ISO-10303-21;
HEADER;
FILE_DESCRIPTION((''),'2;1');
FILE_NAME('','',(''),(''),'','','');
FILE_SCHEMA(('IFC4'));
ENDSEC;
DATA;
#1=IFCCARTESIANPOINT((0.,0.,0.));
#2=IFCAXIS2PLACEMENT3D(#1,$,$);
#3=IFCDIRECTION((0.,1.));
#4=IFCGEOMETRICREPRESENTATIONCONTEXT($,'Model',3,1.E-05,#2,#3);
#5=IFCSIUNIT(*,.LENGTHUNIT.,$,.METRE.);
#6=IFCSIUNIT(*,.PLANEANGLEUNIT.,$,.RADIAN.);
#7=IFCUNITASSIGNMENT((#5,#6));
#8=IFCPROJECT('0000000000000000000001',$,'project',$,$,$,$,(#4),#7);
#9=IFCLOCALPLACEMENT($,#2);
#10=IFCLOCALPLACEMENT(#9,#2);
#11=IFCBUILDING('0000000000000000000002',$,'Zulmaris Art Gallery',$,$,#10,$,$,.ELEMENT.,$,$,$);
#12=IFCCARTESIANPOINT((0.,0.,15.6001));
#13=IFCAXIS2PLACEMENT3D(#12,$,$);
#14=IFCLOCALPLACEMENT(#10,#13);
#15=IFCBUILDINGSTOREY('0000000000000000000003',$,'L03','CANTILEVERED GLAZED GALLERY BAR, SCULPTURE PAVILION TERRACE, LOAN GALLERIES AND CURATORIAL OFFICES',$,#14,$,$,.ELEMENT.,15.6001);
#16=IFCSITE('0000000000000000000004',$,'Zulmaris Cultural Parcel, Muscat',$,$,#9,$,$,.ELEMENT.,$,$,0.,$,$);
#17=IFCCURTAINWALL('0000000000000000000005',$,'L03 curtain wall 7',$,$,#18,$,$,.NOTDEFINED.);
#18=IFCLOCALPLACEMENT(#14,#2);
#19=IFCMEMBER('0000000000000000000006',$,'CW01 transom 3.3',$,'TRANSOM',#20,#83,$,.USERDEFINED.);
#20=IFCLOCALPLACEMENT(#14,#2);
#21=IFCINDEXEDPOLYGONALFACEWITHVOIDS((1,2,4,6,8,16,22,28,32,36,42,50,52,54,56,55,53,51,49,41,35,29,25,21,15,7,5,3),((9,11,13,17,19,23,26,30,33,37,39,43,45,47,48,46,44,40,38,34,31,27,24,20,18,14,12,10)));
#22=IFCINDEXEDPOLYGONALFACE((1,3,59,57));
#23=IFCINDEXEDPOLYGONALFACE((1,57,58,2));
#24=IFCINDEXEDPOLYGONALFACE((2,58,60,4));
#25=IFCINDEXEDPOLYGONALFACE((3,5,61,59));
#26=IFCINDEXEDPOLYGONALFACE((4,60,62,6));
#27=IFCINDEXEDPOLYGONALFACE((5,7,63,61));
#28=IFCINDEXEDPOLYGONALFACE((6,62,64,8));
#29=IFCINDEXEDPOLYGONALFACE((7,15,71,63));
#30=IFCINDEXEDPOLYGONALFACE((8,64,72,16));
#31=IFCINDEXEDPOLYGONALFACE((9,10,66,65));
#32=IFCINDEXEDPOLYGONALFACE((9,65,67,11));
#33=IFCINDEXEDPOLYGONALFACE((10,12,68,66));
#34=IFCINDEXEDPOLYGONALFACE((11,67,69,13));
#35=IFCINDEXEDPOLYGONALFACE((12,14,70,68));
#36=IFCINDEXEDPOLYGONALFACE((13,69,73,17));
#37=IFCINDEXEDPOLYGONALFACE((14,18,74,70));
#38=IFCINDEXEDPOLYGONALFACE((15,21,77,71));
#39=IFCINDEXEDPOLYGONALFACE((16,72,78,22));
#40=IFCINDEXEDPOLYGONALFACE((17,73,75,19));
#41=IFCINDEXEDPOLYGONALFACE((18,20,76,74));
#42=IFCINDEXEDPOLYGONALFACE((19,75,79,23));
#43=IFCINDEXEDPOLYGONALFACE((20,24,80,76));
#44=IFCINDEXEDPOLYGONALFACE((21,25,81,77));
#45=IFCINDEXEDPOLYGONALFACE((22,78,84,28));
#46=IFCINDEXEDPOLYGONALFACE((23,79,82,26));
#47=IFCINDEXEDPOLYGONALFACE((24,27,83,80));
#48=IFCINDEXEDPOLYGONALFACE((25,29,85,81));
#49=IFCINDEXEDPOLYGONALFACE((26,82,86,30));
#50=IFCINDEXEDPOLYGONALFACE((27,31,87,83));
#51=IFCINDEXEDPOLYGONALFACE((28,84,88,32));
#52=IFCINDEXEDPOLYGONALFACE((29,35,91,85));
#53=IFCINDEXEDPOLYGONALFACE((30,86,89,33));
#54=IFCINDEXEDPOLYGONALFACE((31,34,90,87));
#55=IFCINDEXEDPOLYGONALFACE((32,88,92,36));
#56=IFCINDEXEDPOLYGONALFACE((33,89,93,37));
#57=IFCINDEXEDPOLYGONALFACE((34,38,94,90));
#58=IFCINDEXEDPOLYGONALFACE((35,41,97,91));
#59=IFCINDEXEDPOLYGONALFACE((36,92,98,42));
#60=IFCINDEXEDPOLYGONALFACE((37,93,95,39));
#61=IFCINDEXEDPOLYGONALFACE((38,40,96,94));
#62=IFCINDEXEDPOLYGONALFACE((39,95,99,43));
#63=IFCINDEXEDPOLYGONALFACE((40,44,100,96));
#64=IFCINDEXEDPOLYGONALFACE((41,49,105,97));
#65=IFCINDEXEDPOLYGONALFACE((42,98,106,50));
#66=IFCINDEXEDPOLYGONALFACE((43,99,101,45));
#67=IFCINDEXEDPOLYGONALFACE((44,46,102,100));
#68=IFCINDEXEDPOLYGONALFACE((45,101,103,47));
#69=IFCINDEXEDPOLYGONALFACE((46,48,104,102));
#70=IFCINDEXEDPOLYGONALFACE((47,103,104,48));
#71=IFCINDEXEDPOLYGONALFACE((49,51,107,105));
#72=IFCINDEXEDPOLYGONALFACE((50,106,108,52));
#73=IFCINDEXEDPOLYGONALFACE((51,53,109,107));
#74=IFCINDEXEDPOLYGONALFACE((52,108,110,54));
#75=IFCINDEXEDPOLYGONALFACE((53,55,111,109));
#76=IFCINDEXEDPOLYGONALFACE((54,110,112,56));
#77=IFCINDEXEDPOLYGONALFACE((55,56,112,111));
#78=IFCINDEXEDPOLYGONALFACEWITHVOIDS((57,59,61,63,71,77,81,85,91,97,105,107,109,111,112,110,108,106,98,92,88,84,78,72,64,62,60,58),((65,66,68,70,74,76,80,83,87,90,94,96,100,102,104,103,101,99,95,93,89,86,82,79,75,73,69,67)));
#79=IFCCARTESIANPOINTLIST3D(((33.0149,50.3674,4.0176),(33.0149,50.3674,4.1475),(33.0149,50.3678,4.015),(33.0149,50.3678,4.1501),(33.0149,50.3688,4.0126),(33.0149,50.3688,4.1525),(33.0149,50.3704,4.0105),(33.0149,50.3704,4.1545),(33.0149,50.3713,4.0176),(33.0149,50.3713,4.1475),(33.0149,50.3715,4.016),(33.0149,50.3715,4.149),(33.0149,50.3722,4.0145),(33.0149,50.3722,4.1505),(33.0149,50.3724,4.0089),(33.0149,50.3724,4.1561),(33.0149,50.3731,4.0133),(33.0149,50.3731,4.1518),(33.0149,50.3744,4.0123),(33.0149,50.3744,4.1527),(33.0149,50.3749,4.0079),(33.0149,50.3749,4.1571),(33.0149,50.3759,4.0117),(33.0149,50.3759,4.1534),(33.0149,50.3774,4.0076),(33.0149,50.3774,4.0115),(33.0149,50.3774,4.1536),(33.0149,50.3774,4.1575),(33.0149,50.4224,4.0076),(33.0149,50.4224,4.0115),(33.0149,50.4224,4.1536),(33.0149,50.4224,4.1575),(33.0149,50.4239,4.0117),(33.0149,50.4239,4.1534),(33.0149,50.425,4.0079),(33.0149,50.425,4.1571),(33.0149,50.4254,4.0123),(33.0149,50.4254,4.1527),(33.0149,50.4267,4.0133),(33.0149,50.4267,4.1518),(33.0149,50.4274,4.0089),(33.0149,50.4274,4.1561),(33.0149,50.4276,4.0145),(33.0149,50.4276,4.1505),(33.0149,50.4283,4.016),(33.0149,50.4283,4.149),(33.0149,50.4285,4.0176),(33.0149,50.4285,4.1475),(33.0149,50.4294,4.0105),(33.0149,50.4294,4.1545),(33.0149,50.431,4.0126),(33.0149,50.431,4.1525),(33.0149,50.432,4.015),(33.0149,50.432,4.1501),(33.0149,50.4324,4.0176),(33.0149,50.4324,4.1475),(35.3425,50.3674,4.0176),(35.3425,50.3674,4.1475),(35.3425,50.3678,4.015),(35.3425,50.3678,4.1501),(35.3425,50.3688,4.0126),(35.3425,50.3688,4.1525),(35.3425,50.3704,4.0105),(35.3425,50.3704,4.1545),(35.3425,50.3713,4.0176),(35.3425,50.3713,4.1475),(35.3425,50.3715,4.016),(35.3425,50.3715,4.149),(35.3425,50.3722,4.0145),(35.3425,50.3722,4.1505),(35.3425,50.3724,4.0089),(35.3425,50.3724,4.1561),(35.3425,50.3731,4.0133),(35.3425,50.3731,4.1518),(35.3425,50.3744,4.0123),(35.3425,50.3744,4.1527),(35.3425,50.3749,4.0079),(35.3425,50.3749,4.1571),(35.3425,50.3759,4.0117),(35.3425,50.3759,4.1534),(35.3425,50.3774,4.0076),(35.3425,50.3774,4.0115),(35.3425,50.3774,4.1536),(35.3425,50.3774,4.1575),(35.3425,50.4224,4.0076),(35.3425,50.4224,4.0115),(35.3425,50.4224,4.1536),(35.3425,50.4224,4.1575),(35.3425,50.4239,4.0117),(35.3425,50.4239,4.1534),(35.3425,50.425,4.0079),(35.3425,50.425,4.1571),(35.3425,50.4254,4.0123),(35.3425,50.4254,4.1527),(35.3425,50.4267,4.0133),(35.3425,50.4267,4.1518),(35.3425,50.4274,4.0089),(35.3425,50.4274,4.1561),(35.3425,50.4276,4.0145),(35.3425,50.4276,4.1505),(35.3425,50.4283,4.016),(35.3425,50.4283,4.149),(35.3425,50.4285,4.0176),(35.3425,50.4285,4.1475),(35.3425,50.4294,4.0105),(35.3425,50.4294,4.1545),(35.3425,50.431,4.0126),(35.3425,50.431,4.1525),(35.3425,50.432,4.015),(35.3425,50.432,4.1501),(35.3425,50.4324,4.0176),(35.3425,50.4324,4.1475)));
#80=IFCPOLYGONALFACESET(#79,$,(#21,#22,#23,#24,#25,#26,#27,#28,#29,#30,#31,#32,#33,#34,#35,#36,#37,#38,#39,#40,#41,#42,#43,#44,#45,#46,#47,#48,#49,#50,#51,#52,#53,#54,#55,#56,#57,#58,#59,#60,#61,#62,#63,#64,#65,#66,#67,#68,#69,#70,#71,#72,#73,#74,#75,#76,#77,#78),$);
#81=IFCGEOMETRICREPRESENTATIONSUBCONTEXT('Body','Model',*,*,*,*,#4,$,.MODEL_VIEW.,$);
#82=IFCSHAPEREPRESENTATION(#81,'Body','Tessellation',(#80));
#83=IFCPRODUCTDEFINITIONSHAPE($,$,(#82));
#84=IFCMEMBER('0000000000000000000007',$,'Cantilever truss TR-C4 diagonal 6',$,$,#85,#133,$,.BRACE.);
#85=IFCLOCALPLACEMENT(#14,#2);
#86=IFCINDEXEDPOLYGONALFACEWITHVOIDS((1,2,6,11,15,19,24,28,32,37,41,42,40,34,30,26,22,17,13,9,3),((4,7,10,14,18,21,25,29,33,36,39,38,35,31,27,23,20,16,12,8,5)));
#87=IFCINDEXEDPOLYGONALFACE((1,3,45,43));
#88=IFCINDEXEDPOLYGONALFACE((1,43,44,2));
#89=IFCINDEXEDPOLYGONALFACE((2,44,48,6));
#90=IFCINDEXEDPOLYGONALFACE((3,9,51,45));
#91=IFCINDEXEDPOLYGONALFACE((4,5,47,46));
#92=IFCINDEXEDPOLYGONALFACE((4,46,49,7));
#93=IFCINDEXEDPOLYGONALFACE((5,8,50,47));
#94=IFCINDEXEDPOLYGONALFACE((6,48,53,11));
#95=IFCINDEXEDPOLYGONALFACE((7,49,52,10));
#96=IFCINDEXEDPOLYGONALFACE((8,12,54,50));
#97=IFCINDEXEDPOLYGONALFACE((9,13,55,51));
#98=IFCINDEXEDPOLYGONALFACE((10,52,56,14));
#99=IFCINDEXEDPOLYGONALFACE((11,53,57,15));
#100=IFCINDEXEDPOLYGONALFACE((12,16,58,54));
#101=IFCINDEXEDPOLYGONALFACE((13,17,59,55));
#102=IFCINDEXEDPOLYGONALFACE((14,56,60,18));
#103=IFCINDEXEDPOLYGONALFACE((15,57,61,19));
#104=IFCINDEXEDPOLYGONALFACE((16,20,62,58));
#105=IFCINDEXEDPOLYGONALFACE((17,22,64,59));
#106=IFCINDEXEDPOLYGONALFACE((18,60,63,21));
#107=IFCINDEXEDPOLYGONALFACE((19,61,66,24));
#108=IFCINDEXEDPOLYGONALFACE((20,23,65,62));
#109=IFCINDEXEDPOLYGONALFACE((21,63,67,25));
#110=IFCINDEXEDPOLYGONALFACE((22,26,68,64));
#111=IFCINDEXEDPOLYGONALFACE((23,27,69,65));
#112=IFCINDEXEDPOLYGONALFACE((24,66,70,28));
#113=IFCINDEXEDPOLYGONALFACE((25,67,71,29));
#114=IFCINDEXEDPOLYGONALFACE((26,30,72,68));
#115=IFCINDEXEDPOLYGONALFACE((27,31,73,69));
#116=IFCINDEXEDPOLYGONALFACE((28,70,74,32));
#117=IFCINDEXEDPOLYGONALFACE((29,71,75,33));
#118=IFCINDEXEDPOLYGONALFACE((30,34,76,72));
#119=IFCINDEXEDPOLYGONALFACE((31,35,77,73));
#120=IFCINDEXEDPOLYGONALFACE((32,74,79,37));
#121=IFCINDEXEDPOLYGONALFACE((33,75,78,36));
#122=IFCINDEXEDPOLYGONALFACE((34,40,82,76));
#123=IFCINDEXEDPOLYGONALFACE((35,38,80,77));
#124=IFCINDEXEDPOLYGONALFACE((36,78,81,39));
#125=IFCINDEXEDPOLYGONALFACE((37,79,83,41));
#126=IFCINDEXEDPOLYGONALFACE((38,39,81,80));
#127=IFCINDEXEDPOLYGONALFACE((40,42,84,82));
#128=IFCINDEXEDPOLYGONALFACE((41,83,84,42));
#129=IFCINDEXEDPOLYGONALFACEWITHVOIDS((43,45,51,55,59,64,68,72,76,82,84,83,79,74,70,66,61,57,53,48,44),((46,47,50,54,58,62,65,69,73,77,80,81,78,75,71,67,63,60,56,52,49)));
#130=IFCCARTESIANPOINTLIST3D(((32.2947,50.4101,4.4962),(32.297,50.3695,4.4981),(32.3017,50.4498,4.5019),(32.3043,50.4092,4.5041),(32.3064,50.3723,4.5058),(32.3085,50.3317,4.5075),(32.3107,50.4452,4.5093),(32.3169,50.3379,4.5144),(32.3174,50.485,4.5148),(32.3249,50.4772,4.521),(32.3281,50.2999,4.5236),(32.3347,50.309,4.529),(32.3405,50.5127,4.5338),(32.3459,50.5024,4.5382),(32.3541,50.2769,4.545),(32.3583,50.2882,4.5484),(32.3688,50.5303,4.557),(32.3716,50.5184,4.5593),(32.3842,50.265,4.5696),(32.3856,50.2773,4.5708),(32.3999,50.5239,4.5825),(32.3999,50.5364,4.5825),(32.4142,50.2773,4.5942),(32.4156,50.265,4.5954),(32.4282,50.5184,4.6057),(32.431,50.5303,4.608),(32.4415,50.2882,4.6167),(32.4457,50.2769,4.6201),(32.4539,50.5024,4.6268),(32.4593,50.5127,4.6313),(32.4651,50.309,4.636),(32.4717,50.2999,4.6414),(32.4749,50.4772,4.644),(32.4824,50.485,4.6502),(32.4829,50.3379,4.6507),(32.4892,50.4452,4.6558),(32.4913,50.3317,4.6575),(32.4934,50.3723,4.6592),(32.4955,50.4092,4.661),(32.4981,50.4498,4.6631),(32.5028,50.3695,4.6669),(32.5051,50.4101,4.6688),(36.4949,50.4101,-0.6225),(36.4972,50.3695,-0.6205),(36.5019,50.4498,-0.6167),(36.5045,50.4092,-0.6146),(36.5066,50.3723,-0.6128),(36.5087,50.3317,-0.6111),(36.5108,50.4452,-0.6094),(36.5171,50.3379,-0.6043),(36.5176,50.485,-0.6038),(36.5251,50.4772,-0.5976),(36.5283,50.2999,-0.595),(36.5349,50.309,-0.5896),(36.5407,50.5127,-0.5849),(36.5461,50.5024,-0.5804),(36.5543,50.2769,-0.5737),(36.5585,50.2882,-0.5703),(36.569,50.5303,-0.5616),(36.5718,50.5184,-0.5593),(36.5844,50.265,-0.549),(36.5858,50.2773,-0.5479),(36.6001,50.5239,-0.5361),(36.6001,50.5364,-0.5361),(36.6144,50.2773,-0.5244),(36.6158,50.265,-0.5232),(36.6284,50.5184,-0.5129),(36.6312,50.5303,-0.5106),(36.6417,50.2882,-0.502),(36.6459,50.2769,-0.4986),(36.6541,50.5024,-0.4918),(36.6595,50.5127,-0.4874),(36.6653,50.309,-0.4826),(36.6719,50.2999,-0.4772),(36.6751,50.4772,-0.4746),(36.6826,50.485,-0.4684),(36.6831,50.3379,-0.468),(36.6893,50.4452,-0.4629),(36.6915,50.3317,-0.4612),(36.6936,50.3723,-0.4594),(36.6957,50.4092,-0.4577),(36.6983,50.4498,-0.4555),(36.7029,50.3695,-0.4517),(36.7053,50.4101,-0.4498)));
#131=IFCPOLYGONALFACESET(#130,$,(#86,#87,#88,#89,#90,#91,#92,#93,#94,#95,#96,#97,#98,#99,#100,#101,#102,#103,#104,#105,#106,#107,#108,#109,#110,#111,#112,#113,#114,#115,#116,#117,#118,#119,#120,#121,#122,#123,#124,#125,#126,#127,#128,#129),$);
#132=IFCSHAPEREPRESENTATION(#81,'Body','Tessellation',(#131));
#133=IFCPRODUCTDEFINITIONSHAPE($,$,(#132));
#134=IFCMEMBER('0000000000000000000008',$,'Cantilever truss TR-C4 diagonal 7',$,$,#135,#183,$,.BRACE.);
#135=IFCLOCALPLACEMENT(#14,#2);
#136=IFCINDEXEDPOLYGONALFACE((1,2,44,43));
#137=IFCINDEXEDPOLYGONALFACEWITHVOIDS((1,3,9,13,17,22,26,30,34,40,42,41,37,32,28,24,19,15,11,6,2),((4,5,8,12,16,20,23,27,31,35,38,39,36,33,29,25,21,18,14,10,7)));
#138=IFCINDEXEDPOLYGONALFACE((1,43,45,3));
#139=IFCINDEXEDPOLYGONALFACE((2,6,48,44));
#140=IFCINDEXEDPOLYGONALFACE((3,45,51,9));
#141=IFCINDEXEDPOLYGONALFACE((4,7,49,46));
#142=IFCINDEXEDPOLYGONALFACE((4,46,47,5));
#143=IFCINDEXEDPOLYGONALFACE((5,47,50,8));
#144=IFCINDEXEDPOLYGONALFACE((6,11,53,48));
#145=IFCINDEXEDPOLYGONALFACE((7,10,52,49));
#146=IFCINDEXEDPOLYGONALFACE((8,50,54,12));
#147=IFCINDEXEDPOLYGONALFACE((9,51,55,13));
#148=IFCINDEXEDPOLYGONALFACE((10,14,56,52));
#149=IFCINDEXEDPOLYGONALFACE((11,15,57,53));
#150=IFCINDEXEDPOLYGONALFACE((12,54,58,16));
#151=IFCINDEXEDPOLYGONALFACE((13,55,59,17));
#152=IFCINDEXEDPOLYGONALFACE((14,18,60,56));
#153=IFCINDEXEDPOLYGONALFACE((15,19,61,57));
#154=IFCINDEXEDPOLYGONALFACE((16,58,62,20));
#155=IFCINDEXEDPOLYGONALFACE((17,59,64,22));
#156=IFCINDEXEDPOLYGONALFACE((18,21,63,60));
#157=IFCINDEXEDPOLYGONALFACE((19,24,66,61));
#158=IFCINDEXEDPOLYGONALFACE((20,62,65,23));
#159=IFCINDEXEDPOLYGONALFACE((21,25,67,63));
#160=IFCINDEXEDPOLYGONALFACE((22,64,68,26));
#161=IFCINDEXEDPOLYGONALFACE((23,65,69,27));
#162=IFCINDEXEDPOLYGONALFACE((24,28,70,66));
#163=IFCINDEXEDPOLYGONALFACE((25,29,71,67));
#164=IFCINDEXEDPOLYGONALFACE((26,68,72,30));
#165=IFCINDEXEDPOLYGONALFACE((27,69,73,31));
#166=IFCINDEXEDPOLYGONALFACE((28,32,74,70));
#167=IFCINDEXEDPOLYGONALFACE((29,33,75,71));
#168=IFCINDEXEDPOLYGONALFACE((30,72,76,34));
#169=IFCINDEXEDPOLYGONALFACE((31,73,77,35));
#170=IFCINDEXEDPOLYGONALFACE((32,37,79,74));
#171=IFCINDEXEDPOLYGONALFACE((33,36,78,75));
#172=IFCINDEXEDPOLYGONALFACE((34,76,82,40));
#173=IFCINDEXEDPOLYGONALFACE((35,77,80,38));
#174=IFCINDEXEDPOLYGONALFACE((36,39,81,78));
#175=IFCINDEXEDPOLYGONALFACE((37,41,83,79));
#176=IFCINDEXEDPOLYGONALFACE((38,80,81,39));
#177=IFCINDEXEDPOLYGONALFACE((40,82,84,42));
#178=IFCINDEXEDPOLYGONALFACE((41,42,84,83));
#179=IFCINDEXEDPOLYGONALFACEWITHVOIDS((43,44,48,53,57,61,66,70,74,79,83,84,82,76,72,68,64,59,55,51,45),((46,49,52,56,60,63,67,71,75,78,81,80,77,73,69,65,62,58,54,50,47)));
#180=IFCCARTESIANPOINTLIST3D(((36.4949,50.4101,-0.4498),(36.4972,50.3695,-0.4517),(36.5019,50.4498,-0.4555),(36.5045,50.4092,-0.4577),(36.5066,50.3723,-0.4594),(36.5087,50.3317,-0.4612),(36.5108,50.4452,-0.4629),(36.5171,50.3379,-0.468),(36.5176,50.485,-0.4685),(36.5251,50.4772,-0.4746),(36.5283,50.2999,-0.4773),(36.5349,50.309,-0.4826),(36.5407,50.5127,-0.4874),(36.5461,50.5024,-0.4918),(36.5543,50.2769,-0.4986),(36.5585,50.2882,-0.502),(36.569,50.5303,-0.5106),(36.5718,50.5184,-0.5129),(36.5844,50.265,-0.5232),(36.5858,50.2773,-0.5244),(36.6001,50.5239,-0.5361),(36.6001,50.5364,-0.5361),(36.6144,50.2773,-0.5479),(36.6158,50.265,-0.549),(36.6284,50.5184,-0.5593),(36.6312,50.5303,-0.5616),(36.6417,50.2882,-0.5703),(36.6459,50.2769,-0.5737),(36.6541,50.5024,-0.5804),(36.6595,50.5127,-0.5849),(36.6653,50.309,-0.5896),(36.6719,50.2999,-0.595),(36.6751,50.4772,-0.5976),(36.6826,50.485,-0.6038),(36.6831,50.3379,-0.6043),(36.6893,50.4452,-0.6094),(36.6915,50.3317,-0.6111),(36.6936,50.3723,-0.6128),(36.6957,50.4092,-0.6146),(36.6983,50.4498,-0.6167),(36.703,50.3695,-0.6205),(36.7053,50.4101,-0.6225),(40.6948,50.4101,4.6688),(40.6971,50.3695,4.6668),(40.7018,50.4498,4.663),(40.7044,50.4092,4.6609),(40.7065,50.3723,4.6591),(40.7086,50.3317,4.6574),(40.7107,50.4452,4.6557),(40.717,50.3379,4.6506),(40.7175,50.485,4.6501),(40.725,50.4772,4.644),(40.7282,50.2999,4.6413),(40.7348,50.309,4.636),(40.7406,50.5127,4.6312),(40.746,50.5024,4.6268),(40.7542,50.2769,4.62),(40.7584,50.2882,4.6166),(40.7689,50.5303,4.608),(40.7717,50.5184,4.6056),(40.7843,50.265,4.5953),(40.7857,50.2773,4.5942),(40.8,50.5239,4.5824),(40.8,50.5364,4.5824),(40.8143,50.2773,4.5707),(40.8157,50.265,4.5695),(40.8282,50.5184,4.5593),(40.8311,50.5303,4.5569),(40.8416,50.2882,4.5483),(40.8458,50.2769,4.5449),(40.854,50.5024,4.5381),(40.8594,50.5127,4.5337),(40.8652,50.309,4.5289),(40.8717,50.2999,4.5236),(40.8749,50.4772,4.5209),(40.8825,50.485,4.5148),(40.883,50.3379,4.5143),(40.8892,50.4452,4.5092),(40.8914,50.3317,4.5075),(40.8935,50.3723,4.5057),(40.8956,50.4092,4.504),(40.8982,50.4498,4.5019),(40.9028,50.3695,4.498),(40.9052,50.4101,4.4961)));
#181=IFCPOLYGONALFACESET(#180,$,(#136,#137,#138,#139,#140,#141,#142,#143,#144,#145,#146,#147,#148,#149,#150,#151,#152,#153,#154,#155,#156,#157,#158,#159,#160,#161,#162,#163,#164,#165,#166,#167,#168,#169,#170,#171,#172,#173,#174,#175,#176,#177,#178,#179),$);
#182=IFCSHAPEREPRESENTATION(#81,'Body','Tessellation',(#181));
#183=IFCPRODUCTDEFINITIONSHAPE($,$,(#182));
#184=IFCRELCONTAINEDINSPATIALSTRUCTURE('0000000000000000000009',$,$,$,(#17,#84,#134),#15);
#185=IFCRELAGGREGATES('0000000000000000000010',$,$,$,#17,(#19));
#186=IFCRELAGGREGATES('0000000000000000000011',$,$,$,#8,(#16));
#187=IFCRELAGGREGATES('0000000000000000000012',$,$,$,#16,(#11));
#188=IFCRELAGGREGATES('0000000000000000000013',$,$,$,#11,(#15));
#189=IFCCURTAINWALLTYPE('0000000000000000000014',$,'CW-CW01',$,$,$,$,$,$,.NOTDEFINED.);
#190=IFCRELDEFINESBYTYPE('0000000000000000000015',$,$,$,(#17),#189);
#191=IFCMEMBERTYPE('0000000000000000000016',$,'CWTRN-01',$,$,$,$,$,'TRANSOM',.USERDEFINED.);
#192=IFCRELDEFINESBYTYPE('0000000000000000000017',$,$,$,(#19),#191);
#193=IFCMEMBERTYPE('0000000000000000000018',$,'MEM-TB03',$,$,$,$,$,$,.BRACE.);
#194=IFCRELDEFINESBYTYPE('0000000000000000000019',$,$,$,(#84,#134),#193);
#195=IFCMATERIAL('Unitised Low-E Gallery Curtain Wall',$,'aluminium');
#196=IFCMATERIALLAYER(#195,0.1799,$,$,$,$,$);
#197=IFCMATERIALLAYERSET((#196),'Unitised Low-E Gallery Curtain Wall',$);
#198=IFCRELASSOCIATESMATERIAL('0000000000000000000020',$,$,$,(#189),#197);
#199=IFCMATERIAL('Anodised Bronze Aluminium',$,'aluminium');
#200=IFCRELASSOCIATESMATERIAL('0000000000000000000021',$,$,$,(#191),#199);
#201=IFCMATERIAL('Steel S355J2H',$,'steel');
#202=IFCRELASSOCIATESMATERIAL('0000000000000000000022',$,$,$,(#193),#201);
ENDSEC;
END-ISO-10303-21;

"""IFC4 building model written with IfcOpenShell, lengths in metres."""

from ifc_helpers import new_model, si_unit, direction, frame, origin, origin_2d, place, context, subcontext, project, spatial, hollow_rectangle, hollow_circle, extrude, material, layer, layer_set, material_profile, profile_set, type_object, element, aggregate, save


model = new_model("IFC4")

# Units and contexts
model_context = context("Model", 3, precision=1e-05, world=origin(), true_north=direction((0.0, 1.0)))
body_context = subcontext(model_context, "Body", "Model", "MODEL_VIEW")
ifc_project = project(units=[si_unit("LENGTHUNIT", "METRE"), si_unit("PLANEANGLEUNIT", "RADIAN")], contexts=[model_context])

# Site, building, storey
site_placement = place(None, origin())
site = spatial("IfcSite", under=ifc_project, at=site_placement, Name="Zulmaris Cultural Parcel, Muscat", CompositionType="ELEMENT", RefElevation=0.0)
building_placement = place(site_placement, origin())
building = spatial("IfcBuilding", under=site, at=building_placement, Name="Zulmaris Art Gallery", CompositionType="ELEMENT")
storey_placement = place(building_placement, frame((0.0, 0.0, 15.6001)))
storey = spatial("IfcBuildingStorey", under=building, at=storey_placement, Name="L03", Description="CANTILEVERED GLAZED GALLERY BAR, SCULPTURE PAVILION TERRACE, LOAN GALLERIES AND CURATORIAL OFFICES", CompositionType="ELEMENT", Elevation=15.6001)

# Curtain wall
ifc_material_1 = material(Name="Unitised Low-E Gallery Curtain Wall", Category="aluminium")
ifc_layer_1 = layer(ifc_material_1, 0.1799)
ifc_layer_set_1 = layer_set([ifc_layer_1], Name="Unitised Low-E Gallery Curtain Wall")
curtain_wall_type = type_object("IfcCurtainWallType", Name="CW-CW01", PredefinedType="NOTDEFINED", material=ifc_layer_set_1)
ifc_material_2 = material(Name="Anodised Bronze Aluminium", Category="aluminium")
curtain_wall_1_placement = place(storey_placement, origin())
curtain_wall_1 = element("IfcCurtainWall", 1, at=curtain_wall_1_placement, inside=storey, type_object=curtain_wall_type, Name="L03 curtain wall 7", PredefinedType="NOTDEFINED")

# Member
ifc_material_profile_1 = material_profile(ifc_material_2, hollow_rectangle(XDim=0.0649, YDim=0.1499, WallThickness=0.0039, InnerFilletRadius=0.0061, OuterFilletRadius=0.01, at=origin_2d()), Name="ALU 65x150x4")
ifc_profile_set_1 = profile_set([ifc_material_profile_1], Name="Anodised Bronze Aluminium")
member_type_1 = type_object("IfcMemberType", Name="CWTRN-01", ElementType="TRANSOM", PredefinedType="USERDEFINED", material=ifc_profile_set_1)
member_1_placement = place(storey_placement, frame((35.3425, 50.3999, 4.0825), z_axis=(-1.0, 0.0, 0.0), x_axis=(0.0, -1.0, 0.0)))
member_1 = element("IfcMember", 2, at=member_1_placement, type_object=member_type_1, Name="CW01 transom 3.3", ObjectType="TRANSOM", PredefinedType="USERDEFINED", context=body_context, shape_type="SweptSolid", body=[
    extrude(hollow_rectangle(XDim=0.0649, YDim=0.1499, WallThickness=0.0039, InnerFilletRadius=0.0061, OuterFilletRadius=0.01, at=origin_2d()), origin(), (0.0, 0.0, 1.0), 2.3276),
])

# Members
ifc_material_3 = material(Name="Steel S355J2H", Category="steel")
ifc_material_profile_2 = material_profile(ifc_material_3, hollow_circle(Radius=0.1365, WallThickness=0.0125, at=origin_2d()), Name="CHS 273x12.5")
ifc_profile_set_2 = profile_set([ifc_material_profile_2], Name="Steel S355J2H")
member_type_2 = type_object("IfcMemberType", Name="MEM-TB03", PredefinedType="BRACE", material=ifc_profile_set_2)
member_2_placement = place(storey_placement, frame((32.3999, 50.3999, 4.5825), z_axis=(0.634341, 0.0, -0.773053), x_axis=(0.0, 1.0, 0.0)))
element("IfcMember", 3, at=member_2_placement, inside=storey, type_object=member_type_2, Name="Cantilever truss TR-C4 diagonal 6", PredefinedType="BRACE", context=body_context, shape_type="SweptSolid", body=[
    extrude(hollow_circle(Radius=0.1365, WallThickness=0.0125, at=origin_2d()), origin(), (0.0, 0.0, 1.0), 6.6213),
])
member_3_placement = place(storey_placement, frame((36.6001, 50.3999, -0.5361), z_axis=(0.634319, 0.0, 0.773071), x_axis=(0.0, 1.0, 0.0)))
element("IfcMember", 4, at=member_3_placement, inside=storey, type_object=member_type_2, Name="Cantilever truss TR-C4 diagonal 7", PredefinedType="BRACE", context=body_context, shape_type="SweptSolid", body=[
    extrude(hollow_circle(Radius=0.1365, WallThickness=0.0125, at=origin_2d()), origin(), (0.0, 0.0, 1.0), 6.6211),
])

aggregate(curtain_wall_1, [member_1])

save(model, "model.ifc")
